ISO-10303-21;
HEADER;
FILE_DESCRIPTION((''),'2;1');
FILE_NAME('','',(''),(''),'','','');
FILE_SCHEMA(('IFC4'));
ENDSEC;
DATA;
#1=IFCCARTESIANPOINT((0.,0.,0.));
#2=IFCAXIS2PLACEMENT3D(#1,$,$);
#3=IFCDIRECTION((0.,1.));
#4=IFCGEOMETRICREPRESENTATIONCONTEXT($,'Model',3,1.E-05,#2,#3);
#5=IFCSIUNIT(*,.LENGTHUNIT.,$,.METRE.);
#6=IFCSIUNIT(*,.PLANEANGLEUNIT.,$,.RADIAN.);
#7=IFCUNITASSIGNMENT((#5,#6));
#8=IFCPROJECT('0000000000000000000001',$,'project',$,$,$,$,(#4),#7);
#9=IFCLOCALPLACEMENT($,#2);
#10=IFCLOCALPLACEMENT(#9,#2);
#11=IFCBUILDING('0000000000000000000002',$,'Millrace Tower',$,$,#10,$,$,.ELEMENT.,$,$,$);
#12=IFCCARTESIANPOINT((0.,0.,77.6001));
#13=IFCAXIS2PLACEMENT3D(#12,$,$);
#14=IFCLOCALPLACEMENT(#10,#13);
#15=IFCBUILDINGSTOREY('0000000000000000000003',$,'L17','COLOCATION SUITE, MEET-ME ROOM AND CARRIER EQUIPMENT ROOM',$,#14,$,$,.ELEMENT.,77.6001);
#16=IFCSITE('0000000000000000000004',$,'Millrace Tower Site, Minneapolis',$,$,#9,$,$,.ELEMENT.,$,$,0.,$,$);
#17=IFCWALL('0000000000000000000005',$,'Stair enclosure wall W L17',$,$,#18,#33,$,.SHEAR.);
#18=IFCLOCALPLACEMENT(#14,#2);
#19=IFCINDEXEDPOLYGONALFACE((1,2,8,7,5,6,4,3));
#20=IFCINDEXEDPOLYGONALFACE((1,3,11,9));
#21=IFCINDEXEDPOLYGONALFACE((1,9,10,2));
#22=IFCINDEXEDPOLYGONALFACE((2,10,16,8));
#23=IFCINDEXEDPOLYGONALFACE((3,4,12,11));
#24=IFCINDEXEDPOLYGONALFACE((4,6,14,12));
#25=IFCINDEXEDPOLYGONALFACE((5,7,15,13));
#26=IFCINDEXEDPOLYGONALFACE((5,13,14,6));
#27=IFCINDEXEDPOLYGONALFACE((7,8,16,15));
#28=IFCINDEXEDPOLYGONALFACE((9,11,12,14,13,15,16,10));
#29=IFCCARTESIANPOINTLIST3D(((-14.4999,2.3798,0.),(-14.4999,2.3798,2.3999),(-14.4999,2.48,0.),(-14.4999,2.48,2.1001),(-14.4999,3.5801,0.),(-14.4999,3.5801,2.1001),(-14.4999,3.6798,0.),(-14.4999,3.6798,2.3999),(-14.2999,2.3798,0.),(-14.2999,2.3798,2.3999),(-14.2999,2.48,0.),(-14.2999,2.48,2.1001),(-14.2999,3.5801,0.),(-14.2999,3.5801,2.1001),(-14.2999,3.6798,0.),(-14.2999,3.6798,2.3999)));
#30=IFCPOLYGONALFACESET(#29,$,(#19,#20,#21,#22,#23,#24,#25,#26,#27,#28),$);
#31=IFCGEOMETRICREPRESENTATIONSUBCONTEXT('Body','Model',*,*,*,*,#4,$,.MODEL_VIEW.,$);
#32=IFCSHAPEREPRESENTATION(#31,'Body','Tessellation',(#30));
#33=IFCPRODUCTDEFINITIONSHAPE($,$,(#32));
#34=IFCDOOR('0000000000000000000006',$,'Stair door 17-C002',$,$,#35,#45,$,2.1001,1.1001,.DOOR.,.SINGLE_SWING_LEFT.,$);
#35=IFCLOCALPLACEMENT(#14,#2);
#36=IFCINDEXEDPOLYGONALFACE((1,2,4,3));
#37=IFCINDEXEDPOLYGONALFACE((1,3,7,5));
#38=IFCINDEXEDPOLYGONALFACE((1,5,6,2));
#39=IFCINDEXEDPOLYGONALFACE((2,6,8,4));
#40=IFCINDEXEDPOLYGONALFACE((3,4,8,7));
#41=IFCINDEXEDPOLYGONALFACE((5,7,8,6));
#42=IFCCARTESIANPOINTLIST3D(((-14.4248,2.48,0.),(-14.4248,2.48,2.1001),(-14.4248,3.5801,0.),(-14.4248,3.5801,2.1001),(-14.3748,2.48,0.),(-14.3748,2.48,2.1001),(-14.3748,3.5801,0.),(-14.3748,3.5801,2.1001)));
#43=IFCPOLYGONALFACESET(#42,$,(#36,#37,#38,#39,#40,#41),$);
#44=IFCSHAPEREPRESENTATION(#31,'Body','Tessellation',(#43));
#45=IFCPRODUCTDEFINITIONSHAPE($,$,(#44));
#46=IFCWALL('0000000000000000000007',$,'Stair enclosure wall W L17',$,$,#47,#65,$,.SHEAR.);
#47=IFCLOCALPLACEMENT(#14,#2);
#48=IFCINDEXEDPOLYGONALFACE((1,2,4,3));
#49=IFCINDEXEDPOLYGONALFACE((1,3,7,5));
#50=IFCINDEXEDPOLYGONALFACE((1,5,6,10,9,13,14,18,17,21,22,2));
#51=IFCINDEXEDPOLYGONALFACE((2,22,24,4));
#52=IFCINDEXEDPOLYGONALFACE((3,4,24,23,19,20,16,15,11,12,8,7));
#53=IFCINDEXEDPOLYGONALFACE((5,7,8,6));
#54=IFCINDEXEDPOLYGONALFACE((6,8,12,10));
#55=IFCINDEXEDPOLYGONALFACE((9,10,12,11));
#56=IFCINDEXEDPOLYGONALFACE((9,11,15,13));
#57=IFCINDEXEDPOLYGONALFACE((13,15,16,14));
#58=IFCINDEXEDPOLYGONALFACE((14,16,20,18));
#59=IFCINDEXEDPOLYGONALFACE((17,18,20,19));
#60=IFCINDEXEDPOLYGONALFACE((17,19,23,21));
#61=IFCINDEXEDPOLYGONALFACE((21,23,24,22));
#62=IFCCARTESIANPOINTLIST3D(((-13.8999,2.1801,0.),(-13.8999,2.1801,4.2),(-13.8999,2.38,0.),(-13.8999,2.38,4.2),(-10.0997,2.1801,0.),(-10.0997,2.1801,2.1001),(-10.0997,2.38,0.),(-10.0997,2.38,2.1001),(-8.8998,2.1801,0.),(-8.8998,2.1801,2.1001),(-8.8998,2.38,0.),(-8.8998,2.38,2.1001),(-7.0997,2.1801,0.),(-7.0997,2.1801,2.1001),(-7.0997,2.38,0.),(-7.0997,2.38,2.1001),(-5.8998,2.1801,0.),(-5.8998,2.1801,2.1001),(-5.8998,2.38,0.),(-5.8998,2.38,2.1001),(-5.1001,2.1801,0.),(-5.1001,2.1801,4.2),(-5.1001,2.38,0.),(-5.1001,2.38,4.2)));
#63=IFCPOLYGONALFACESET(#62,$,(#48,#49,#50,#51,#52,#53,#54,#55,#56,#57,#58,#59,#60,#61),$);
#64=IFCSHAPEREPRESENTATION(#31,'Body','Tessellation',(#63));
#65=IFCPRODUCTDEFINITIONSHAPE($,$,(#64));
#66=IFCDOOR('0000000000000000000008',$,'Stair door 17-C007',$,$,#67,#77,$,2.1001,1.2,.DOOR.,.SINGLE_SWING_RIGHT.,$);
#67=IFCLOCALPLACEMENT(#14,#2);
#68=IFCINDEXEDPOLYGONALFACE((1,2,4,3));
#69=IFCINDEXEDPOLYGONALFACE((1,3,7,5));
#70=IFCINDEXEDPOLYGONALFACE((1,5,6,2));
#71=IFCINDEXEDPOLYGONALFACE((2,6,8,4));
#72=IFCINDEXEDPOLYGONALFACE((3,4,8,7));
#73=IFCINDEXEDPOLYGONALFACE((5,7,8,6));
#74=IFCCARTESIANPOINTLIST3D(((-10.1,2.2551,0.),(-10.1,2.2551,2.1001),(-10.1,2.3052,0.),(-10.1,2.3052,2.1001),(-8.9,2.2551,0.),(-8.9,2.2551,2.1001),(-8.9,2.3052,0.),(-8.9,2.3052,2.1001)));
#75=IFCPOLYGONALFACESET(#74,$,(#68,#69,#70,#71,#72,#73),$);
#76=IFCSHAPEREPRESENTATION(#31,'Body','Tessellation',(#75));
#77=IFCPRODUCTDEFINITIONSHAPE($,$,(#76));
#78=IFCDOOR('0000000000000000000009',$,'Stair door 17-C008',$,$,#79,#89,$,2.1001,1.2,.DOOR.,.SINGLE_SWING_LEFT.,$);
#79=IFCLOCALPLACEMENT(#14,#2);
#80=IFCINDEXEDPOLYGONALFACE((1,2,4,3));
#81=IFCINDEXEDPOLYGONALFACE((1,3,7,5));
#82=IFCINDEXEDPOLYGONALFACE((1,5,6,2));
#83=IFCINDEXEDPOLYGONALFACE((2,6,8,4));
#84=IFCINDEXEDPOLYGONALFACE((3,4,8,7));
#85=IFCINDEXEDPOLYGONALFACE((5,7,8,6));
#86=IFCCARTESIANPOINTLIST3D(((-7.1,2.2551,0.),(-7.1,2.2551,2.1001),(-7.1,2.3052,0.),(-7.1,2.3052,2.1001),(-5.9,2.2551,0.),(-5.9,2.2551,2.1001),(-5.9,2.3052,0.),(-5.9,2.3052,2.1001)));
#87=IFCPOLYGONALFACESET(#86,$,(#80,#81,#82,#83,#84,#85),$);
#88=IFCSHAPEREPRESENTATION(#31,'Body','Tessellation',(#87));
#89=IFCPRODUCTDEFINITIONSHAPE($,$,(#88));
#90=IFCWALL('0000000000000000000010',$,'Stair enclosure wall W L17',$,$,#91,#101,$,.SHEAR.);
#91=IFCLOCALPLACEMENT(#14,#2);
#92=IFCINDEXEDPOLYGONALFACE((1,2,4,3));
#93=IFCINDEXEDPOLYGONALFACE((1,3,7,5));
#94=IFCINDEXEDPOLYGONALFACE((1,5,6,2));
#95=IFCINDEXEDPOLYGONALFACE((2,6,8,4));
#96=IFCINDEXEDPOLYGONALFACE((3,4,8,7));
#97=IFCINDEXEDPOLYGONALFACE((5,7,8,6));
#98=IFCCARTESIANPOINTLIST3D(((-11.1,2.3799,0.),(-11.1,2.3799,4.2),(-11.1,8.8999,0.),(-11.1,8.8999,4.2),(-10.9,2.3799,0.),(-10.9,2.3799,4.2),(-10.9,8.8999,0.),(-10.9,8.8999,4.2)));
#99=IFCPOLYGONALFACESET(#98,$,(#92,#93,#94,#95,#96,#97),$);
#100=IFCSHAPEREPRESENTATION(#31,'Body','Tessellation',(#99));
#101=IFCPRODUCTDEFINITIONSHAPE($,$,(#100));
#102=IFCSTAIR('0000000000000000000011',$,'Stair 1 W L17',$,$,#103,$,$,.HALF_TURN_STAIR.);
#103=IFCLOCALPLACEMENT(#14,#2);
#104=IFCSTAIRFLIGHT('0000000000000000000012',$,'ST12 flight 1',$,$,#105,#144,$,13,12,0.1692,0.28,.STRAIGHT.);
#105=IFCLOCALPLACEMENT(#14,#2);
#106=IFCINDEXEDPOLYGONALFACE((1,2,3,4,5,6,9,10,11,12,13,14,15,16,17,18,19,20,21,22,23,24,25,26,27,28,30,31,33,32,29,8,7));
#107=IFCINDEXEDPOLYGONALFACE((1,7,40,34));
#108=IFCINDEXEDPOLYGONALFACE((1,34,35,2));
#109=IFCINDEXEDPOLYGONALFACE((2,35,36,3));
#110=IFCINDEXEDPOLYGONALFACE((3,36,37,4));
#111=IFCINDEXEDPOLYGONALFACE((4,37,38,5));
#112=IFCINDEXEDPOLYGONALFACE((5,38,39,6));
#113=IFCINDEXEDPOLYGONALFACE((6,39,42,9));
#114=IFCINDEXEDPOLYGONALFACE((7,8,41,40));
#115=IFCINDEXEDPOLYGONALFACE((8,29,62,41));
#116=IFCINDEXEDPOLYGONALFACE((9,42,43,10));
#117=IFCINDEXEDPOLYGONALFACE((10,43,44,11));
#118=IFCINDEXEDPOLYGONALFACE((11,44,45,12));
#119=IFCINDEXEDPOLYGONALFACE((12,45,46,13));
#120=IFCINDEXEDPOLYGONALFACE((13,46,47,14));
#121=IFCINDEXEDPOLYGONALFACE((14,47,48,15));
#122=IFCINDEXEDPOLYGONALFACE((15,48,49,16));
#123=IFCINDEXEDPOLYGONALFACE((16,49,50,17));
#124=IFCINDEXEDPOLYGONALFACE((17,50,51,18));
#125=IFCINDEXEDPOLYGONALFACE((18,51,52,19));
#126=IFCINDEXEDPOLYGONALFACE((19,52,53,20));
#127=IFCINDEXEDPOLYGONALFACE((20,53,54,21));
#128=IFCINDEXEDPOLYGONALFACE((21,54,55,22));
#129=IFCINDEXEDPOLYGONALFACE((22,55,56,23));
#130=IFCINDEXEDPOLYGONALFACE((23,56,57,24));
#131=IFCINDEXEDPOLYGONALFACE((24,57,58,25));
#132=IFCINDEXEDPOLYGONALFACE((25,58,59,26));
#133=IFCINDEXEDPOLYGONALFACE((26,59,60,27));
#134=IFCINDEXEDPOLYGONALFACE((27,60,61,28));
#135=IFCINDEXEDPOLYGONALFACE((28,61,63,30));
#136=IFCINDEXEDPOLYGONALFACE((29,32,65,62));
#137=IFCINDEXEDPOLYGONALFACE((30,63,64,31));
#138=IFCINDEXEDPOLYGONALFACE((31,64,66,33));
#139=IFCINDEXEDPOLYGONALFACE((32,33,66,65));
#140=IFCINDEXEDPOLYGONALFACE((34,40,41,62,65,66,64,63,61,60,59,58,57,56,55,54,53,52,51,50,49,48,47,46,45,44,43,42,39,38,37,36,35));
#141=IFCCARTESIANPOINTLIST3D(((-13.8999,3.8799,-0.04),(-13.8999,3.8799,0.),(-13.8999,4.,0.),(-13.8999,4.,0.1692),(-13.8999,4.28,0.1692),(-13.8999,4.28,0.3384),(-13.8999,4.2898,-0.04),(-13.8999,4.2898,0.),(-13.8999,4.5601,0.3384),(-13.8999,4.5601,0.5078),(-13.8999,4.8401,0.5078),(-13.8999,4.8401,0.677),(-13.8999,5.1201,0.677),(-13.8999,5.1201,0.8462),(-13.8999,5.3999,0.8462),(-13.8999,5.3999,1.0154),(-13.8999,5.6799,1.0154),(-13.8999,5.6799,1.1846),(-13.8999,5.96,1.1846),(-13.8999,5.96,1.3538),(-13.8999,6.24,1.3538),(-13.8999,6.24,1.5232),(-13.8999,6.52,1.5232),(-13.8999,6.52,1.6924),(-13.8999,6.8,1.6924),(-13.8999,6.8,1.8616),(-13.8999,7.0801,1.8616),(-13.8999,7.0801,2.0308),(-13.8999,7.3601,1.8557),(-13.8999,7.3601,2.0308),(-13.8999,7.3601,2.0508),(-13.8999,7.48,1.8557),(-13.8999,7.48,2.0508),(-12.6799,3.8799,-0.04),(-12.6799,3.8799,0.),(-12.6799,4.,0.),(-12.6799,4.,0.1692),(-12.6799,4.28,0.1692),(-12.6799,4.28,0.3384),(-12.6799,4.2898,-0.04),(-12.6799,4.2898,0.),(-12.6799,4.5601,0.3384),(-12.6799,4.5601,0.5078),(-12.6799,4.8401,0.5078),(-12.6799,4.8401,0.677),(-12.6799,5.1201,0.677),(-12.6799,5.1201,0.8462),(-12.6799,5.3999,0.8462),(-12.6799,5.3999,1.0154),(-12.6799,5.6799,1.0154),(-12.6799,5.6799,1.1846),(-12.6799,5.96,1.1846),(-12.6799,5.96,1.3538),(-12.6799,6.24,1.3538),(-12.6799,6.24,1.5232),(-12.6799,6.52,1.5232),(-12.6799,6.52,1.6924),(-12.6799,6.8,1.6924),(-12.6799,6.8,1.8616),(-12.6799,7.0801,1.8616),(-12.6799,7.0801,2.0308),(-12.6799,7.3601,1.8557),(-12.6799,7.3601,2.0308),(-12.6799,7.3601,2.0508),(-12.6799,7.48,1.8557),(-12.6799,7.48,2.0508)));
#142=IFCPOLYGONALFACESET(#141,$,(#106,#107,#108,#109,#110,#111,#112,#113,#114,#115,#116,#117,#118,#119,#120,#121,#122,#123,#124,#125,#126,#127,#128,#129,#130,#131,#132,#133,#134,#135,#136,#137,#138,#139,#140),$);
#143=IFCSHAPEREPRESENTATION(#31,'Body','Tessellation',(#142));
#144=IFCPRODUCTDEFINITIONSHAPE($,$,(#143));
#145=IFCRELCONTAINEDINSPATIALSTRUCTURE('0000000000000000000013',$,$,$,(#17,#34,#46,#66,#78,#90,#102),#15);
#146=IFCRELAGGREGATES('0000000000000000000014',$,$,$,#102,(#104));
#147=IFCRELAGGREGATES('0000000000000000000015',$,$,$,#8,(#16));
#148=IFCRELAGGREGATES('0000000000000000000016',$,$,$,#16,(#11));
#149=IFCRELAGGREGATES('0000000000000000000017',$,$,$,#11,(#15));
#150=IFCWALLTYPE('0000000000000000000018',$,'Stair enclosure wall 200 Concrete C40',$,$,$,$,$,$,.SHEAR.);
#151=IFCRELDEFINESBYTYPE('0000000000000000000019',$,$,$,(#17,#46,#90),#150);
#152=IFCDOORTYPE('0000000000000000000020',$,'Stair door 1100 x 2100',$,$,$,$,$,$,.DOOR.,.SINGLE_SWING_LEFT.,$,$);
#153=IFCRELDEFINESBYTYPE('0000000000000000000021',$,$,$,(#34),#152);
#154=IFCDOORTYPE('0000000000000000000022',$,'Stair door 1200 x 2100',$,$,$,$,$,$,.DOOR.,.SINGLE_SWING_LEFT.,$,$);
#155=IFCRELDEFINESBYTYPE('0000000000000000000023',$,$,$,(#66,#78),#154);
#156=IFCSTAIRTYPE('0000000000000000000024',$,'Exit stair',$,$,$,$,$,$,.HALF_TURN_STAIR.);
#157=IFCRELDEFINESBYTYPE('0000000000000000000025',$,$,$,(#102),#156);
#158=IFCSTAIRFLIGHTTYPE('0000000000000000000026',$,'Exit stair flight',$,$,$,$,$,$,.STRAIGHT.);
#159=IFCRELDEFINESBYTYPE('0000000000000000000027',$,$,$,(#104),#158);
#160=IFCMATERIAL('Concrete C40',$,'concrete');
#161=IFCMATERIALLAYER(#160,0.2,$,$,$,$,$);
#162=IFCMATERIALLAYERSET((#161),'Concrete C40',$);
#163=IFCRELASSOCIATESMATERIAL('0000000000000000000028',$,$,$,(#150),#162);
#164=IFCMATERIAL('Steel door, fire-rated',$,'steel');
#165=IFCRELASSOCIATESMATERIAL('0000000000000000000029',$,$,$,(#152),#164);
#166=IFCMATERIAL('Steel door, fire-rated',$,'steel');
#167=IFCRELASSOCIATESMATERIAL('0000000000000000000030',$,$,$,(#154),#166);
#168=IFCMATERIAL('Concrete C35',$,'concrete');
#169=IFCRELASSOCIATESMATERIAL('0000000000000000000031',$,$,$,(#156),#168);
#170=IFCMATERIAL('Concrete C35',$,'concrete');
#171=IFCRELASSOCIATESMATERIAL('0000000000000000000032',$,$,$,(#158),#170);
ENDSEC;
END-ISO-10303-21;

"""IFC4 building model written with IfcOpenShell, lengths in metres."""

from ifc_helpers import new_model, si_unit, direction, frame, frame_2d, origin, place, context, subcontext, project, spatial, polyline, rectangle, outline, extrude, material, layer, layer_set, type_object, element, fill, aggregate, save


model = new_model("IFC4")

# Units and contexts
model_context = context("Model", 3, precision=1e-05, world=origin(), true_north=direction((0.0, 1.0)))
body_context = subcontext(model_context, "Body", "Model", "MODEL_VIEW")
ifc_project = project(units=[si_unit("LENGTHUNIT", "METRE"), si_unit("PLANEANGLEUNIT", "RADIAN")], contexts=[model_context])

# Site, building, storey
site_placement = place(None, origin())
site = spatial("IfcSite", under=ifc_project, at=site_placement, Name="Millrace Tower Site, Minneapolis", CompositionType="ELEMENT", RefElevation=0.0)
building_placement = place(site_placement, origin())
building = spatial("IfcBuilding", under=site, at=building_placement, Name="Millrace Tower", CompositionType="ELEMENT")
storey_placement = place(building_placement, frame((0.0, 0.0, 77.6001)))
storey = spatial("IfcBuildingStorey", under=building, at=storey_placement, Name="L17", Description="COLOCATION SUITE, MEET-ME ROOM AND CARRIER EQUIPMENT ROOM", CompositionType="ELEMENT", Elevation=77.6001)

# Shared definitions
placement = place(storey_placement, origin())

# Wall, opening, door
ifc_material_1 = material(Name="Concrete C40", Category="concrete")
ifc_layer_1 = layer(ifc_material_1, 0.2)
ifc_layer_set_1 = layer_set([ifc_layer_1], Name="Concrete C40")
wall_type_1 = type_object("IfcWallType", Name="Stair enclosure wall 200 Concrete C40", PredefinedType="SHEAR", material=ifc_layer_set_1)
wall_1_placement = place(storey_placement, frame((-14.3999, 2.3799, 0.0), z_axis=(0.0, 0.0, 1.0), x_axis=(0.0, 1.0, 0.0)))
wall_1 = element("IfcWall", 1, at=wall_1_placement, inside=storey, type_object=wall_type_1, Name="Stair enclosure wall W L17", PredefinedType="SHEAR", context=body_context, shape_type="SweptSolid", body=[
    extrude(rectangle(XDim=1.3, YDim=0.2, at=frame_2d((0.6499, 0.0))), origin(), (0.0, 0.0, 1.0), 2.3999),
])
opening_1_placement = place(wall_1_placement, frame((0.1001, 0.0, 0.0)))
opening_1 = element("IfcOpeningElement", 2, at=opening_1_placement, cuts=wall_1, PredefinedType="OPENING", context=body_context, shape_type="SweptSolid", body=[
    extrude(rectangle(XDim=1.1001, YDim=2.1001, at=frame_2d((0.55, 1.05))), frame((0.0, 0.1099, 0.0), z_axis=(0.0, -1.0, 0.0), x_axis=(1.0, 0.0, 0.0)), (0.0, 0.0, 1.0), 0.22),
])
ifc_material_2 = material(Name="Steel door, fire-rated", Category="steel")
door_type_1 = type_object("IfcDoorType", Name="Stair door 1100 x 2100", OperationType="SINGLE_SWING_LEFT", PredefinedType="DOOR", material=ifc_material_2)
door_1_placement = place(opening_1_placement, origin())
door_1 = element("IfcDoor", 3, at=door_1_placement, inside=storey, type_object=door_type_1, Name="Stair door 17-C002", OperationType="SINGLE_SWING_LEFT", OverallHeight=2.1001, OverallWidth=1.1001, PredefinedType="DOOR", context=body_context, shape_type="SweptSolid", body=[
    extrude(rectangle(XDim=1.1001, YDim=2.1001, at=frame_2d((0.55, 1.05))), frame((0.0, 0.0249, 0.0), z_axis=(0.0, -1.0, 0.0), x_axis=(1.0, 0.0, 0.0)), (0.0, 0.0, 1.0), 0.05),
])
fill(opening_1, door_1)

# Wall, openings, doors
wall_2_placement = place(storey_placement, frame((-13.8999, 2.28, 0.0), z_axis=(0.0, 0.0, 1.0), x_axis=(1.0, 0.0, 0.0)))
wall_2 = element("IfcWall", 4, at=wall_2_placement, inside=storey, type_object=wall_type_1, Name="Stair enclosure wall W L17", PredefinedType="SHEAR", context=body_context, shape_type="SweptSolid", body=[
    extrude(rectangle(XDim=8.7998, YDim=0.2, at=frame_2d((4.3999, 0.0))), origin(), (0.0, 0.0, 1.0), 4.2),
])
opening_2_placement = place(wall_2_placement, frame((3.8, 0.0, 0.0)))
opening_2 = element("IfcOpeningElement", 5, at=opening_2_placement, cuts=wall_2, PredefinedType="OPENING", context=body_context, shape_type="SweptSolid", body=[
    extrude(rectangle(XDim=1.2, YDim=2.1001, at=frame_2d((0.6001, 1.05))), frame((0.0, 0.1099, 0.0), z_axis=(0.0, -1.0, 0.0), x_axis=(1.0, 0.0, 0.0)), (0.0, 0.0, 1.0), 0.22),
])
opening_3_placement = place(wall_2_placement, frame((6.8, 0.0, 0.0)))
opening_3 = element("IfcOpeningElement", 6, at=opening_3_placement, cuts=wall_2, PredefinedType="OPENING", context=body_context, shape_type="SweptSolid", body=[
    extrude(rectangle(XDim=1.2, YDim=2.1001, at=frame_2d((0.6001, 1.05))), frame((0.0, 0.1099, 0.0), z_axis=(0.0, -1.0, 0.0), x_axis=(1.0, 0.0, 0.0)), (0.0, 0.0, 1.0), 0.22),
])
ifc_material_3 = material(Name="Steel door, fire-rated", Category="steel")
door_type_2 = type_object("IfcDoorType", Name="Stair door 1200 x 2100", OperationType="SINGLE_SWING_LEFT", PredefinedType="DOOR", material=ifc_material_3)
door_2_placement = place(opening_2_placement, frame((1.2, 0.0, 0.0), z_axis=(0.0, 0.0, 1.0), x_axis=(-1.0, 0.0, 0.0)))
door_2 = element("IfcDoor", 7, at=door_2_placement, inside=storey, type_object=door_type_2, Name="Stair door 17-C007", OperationType="SINGLE_SWING_RIGHT", OverallHeight=2.1001, OverallWidth=1.2, PredefinedType="DOOR", context=body_context, shape_type="SweptSolid", body=[
    extrude(rectangle(XDim=1.2, YDim=2.1001, at=frame_2d((0.6001, 1.05))), frame((0.0, 0.0249, 0.0), z_axis=(0.0, -1.0, 0.0), x_axis=(1.0, 0.0, 0.0)), (0.0, 0.0, 1.0), 0.05),
])
fill(opening_2, door_2)
door_3_placement = place(opening_3_placement, frame((1.2, 0.0, 0.0), z_axis=(0.0, 0.0, 1.0), x_axis=(-1.0, 0.0, 0.0)))
door_3 = element("IfcDoor", 8, at=door_3_placement, inside=storey, type_object=door_type_2, Name="Stair door 17-C008", OperationType="SINGLE_SWING_LEFT", OverallHeight=2.1001, OverallWidth=1.2, PredefinedType="DOOR", context=body_context, shape_type="SweptSolid", body=[
    extrude(rectangle(XDim=1.2, YDim=2.1001, at=frame_2d((0.6001, 1.05))), frame((0.0, 0.0249, 0.0), z_axis=(0.0, -1.0, 0.0), x_axis=(1.0, 0.0, 0.0)), (0.0, 0.0, 1.0), 0.05),
])
fill(opening_3, door_3)

# Wall
wall_3_placement = place(storey_placement, frame((-11.0, 2.3799, 0.0), z_axis=(0.0, 0.0, 1.0), x_axis=(0.0, 1.0, 0.0)))
element("IfcWall", 9, at=wall_3_placement, inside=storey, type_object=wall_type_1, Name="Stair enclosure wall W L17", PredefinedType="SHEAR", context=body_context, shape_type="SweptSolid", body=[
    extrude(rectangle(XDim=6.52, YDim=0.2, at=frame_2d((3.26, 0.0))), origin(), (0.0, 0.0, 1.0), 4.2),
])

# Stair, stair flight
ifc_material_4 = material(Name="Concrete C35", Category="concrete")
stair_type = type_object("IfcStairType", Name="Exit stair", PredefinedType="HALF_TURN_STAIR", material=ifc_material_4)
stair_1 = element("IfcStair", 10, at=placement, inside=storey, type_object=stair_type, Name="Stair 1 W L17", PredefinedType="HALF_TURN_STAIR")
ifc_material_5 = material(Name="Concrete C35", Category="concrete")
stair_flight_type = type_object("IfcStairFlightType", Name="Exit stair flight", PredefinedType="STRAIGHT", material=ifc_material_5)
stair_flight_1_placement = place(storey_placement, frame((-13.29, 4.0, 0.0), z_axis=(0.0, 0.0, 1.0), x_axis=(0.0, 1.0, 0.0)))
stair_flight_1 = element("IfcStairFlight", 11, at=stair_flight_1_placement, type_object=stair_flight_type, Name="ST12 flight 1", NumberOfRisers=13, NumberOfTreads=12, PredefinedType="STRAIGHT", RiserHeight=0.1692, TreadLength=0.28, context=body_context, shape_type="SweptSolid", body=[
    extrude(outline(polyline([(-0.1201, -0.04), (-0.1201, 0.0), (0.0, 0.0), (0.0, 0.1692), (0.28, 0.1692), (0.28, 0.3384), (0.5601, 0.3384), (0.5601, 0.5078), (0.8401, 0.5078), (0.8401, 0.677), (1.1201, 0.677), (1.1201, 0.8462), (1.3999, 0.8462), (1.3999, 1.0154), (1.6799, 1.0154), (1.6799, 1.1846), (1.96, 1.1846), (1.96, 1.3538), (2.24, 1.3538), (2.24, 1.5232), (2.52, 1.5232), (2.52, 1.6924), (2.8, 1.6924), (2.8, 1.8616), (3.0801, 1.8616), (3.0801, 2.0308), (3.3601, 2.0308), (3.3601, 2.0508), (3.48, 2.0508), (3.48, 1.8557), (3.3601, 1.8557), (0.2898, 0.0), (0.2898, -0.04), (-0.1201, -0.04)])), frame((0.0, 0.6099, 0.0), z_axis=(0.0, -1.0, 0.0), x_axis=(1.0, 0.0, 0.0)), (0.0, 0.0, 1.0), 1.22),
])
aggregate(stair_1, [stair_flight_1])

save(model, "model.ifc")
